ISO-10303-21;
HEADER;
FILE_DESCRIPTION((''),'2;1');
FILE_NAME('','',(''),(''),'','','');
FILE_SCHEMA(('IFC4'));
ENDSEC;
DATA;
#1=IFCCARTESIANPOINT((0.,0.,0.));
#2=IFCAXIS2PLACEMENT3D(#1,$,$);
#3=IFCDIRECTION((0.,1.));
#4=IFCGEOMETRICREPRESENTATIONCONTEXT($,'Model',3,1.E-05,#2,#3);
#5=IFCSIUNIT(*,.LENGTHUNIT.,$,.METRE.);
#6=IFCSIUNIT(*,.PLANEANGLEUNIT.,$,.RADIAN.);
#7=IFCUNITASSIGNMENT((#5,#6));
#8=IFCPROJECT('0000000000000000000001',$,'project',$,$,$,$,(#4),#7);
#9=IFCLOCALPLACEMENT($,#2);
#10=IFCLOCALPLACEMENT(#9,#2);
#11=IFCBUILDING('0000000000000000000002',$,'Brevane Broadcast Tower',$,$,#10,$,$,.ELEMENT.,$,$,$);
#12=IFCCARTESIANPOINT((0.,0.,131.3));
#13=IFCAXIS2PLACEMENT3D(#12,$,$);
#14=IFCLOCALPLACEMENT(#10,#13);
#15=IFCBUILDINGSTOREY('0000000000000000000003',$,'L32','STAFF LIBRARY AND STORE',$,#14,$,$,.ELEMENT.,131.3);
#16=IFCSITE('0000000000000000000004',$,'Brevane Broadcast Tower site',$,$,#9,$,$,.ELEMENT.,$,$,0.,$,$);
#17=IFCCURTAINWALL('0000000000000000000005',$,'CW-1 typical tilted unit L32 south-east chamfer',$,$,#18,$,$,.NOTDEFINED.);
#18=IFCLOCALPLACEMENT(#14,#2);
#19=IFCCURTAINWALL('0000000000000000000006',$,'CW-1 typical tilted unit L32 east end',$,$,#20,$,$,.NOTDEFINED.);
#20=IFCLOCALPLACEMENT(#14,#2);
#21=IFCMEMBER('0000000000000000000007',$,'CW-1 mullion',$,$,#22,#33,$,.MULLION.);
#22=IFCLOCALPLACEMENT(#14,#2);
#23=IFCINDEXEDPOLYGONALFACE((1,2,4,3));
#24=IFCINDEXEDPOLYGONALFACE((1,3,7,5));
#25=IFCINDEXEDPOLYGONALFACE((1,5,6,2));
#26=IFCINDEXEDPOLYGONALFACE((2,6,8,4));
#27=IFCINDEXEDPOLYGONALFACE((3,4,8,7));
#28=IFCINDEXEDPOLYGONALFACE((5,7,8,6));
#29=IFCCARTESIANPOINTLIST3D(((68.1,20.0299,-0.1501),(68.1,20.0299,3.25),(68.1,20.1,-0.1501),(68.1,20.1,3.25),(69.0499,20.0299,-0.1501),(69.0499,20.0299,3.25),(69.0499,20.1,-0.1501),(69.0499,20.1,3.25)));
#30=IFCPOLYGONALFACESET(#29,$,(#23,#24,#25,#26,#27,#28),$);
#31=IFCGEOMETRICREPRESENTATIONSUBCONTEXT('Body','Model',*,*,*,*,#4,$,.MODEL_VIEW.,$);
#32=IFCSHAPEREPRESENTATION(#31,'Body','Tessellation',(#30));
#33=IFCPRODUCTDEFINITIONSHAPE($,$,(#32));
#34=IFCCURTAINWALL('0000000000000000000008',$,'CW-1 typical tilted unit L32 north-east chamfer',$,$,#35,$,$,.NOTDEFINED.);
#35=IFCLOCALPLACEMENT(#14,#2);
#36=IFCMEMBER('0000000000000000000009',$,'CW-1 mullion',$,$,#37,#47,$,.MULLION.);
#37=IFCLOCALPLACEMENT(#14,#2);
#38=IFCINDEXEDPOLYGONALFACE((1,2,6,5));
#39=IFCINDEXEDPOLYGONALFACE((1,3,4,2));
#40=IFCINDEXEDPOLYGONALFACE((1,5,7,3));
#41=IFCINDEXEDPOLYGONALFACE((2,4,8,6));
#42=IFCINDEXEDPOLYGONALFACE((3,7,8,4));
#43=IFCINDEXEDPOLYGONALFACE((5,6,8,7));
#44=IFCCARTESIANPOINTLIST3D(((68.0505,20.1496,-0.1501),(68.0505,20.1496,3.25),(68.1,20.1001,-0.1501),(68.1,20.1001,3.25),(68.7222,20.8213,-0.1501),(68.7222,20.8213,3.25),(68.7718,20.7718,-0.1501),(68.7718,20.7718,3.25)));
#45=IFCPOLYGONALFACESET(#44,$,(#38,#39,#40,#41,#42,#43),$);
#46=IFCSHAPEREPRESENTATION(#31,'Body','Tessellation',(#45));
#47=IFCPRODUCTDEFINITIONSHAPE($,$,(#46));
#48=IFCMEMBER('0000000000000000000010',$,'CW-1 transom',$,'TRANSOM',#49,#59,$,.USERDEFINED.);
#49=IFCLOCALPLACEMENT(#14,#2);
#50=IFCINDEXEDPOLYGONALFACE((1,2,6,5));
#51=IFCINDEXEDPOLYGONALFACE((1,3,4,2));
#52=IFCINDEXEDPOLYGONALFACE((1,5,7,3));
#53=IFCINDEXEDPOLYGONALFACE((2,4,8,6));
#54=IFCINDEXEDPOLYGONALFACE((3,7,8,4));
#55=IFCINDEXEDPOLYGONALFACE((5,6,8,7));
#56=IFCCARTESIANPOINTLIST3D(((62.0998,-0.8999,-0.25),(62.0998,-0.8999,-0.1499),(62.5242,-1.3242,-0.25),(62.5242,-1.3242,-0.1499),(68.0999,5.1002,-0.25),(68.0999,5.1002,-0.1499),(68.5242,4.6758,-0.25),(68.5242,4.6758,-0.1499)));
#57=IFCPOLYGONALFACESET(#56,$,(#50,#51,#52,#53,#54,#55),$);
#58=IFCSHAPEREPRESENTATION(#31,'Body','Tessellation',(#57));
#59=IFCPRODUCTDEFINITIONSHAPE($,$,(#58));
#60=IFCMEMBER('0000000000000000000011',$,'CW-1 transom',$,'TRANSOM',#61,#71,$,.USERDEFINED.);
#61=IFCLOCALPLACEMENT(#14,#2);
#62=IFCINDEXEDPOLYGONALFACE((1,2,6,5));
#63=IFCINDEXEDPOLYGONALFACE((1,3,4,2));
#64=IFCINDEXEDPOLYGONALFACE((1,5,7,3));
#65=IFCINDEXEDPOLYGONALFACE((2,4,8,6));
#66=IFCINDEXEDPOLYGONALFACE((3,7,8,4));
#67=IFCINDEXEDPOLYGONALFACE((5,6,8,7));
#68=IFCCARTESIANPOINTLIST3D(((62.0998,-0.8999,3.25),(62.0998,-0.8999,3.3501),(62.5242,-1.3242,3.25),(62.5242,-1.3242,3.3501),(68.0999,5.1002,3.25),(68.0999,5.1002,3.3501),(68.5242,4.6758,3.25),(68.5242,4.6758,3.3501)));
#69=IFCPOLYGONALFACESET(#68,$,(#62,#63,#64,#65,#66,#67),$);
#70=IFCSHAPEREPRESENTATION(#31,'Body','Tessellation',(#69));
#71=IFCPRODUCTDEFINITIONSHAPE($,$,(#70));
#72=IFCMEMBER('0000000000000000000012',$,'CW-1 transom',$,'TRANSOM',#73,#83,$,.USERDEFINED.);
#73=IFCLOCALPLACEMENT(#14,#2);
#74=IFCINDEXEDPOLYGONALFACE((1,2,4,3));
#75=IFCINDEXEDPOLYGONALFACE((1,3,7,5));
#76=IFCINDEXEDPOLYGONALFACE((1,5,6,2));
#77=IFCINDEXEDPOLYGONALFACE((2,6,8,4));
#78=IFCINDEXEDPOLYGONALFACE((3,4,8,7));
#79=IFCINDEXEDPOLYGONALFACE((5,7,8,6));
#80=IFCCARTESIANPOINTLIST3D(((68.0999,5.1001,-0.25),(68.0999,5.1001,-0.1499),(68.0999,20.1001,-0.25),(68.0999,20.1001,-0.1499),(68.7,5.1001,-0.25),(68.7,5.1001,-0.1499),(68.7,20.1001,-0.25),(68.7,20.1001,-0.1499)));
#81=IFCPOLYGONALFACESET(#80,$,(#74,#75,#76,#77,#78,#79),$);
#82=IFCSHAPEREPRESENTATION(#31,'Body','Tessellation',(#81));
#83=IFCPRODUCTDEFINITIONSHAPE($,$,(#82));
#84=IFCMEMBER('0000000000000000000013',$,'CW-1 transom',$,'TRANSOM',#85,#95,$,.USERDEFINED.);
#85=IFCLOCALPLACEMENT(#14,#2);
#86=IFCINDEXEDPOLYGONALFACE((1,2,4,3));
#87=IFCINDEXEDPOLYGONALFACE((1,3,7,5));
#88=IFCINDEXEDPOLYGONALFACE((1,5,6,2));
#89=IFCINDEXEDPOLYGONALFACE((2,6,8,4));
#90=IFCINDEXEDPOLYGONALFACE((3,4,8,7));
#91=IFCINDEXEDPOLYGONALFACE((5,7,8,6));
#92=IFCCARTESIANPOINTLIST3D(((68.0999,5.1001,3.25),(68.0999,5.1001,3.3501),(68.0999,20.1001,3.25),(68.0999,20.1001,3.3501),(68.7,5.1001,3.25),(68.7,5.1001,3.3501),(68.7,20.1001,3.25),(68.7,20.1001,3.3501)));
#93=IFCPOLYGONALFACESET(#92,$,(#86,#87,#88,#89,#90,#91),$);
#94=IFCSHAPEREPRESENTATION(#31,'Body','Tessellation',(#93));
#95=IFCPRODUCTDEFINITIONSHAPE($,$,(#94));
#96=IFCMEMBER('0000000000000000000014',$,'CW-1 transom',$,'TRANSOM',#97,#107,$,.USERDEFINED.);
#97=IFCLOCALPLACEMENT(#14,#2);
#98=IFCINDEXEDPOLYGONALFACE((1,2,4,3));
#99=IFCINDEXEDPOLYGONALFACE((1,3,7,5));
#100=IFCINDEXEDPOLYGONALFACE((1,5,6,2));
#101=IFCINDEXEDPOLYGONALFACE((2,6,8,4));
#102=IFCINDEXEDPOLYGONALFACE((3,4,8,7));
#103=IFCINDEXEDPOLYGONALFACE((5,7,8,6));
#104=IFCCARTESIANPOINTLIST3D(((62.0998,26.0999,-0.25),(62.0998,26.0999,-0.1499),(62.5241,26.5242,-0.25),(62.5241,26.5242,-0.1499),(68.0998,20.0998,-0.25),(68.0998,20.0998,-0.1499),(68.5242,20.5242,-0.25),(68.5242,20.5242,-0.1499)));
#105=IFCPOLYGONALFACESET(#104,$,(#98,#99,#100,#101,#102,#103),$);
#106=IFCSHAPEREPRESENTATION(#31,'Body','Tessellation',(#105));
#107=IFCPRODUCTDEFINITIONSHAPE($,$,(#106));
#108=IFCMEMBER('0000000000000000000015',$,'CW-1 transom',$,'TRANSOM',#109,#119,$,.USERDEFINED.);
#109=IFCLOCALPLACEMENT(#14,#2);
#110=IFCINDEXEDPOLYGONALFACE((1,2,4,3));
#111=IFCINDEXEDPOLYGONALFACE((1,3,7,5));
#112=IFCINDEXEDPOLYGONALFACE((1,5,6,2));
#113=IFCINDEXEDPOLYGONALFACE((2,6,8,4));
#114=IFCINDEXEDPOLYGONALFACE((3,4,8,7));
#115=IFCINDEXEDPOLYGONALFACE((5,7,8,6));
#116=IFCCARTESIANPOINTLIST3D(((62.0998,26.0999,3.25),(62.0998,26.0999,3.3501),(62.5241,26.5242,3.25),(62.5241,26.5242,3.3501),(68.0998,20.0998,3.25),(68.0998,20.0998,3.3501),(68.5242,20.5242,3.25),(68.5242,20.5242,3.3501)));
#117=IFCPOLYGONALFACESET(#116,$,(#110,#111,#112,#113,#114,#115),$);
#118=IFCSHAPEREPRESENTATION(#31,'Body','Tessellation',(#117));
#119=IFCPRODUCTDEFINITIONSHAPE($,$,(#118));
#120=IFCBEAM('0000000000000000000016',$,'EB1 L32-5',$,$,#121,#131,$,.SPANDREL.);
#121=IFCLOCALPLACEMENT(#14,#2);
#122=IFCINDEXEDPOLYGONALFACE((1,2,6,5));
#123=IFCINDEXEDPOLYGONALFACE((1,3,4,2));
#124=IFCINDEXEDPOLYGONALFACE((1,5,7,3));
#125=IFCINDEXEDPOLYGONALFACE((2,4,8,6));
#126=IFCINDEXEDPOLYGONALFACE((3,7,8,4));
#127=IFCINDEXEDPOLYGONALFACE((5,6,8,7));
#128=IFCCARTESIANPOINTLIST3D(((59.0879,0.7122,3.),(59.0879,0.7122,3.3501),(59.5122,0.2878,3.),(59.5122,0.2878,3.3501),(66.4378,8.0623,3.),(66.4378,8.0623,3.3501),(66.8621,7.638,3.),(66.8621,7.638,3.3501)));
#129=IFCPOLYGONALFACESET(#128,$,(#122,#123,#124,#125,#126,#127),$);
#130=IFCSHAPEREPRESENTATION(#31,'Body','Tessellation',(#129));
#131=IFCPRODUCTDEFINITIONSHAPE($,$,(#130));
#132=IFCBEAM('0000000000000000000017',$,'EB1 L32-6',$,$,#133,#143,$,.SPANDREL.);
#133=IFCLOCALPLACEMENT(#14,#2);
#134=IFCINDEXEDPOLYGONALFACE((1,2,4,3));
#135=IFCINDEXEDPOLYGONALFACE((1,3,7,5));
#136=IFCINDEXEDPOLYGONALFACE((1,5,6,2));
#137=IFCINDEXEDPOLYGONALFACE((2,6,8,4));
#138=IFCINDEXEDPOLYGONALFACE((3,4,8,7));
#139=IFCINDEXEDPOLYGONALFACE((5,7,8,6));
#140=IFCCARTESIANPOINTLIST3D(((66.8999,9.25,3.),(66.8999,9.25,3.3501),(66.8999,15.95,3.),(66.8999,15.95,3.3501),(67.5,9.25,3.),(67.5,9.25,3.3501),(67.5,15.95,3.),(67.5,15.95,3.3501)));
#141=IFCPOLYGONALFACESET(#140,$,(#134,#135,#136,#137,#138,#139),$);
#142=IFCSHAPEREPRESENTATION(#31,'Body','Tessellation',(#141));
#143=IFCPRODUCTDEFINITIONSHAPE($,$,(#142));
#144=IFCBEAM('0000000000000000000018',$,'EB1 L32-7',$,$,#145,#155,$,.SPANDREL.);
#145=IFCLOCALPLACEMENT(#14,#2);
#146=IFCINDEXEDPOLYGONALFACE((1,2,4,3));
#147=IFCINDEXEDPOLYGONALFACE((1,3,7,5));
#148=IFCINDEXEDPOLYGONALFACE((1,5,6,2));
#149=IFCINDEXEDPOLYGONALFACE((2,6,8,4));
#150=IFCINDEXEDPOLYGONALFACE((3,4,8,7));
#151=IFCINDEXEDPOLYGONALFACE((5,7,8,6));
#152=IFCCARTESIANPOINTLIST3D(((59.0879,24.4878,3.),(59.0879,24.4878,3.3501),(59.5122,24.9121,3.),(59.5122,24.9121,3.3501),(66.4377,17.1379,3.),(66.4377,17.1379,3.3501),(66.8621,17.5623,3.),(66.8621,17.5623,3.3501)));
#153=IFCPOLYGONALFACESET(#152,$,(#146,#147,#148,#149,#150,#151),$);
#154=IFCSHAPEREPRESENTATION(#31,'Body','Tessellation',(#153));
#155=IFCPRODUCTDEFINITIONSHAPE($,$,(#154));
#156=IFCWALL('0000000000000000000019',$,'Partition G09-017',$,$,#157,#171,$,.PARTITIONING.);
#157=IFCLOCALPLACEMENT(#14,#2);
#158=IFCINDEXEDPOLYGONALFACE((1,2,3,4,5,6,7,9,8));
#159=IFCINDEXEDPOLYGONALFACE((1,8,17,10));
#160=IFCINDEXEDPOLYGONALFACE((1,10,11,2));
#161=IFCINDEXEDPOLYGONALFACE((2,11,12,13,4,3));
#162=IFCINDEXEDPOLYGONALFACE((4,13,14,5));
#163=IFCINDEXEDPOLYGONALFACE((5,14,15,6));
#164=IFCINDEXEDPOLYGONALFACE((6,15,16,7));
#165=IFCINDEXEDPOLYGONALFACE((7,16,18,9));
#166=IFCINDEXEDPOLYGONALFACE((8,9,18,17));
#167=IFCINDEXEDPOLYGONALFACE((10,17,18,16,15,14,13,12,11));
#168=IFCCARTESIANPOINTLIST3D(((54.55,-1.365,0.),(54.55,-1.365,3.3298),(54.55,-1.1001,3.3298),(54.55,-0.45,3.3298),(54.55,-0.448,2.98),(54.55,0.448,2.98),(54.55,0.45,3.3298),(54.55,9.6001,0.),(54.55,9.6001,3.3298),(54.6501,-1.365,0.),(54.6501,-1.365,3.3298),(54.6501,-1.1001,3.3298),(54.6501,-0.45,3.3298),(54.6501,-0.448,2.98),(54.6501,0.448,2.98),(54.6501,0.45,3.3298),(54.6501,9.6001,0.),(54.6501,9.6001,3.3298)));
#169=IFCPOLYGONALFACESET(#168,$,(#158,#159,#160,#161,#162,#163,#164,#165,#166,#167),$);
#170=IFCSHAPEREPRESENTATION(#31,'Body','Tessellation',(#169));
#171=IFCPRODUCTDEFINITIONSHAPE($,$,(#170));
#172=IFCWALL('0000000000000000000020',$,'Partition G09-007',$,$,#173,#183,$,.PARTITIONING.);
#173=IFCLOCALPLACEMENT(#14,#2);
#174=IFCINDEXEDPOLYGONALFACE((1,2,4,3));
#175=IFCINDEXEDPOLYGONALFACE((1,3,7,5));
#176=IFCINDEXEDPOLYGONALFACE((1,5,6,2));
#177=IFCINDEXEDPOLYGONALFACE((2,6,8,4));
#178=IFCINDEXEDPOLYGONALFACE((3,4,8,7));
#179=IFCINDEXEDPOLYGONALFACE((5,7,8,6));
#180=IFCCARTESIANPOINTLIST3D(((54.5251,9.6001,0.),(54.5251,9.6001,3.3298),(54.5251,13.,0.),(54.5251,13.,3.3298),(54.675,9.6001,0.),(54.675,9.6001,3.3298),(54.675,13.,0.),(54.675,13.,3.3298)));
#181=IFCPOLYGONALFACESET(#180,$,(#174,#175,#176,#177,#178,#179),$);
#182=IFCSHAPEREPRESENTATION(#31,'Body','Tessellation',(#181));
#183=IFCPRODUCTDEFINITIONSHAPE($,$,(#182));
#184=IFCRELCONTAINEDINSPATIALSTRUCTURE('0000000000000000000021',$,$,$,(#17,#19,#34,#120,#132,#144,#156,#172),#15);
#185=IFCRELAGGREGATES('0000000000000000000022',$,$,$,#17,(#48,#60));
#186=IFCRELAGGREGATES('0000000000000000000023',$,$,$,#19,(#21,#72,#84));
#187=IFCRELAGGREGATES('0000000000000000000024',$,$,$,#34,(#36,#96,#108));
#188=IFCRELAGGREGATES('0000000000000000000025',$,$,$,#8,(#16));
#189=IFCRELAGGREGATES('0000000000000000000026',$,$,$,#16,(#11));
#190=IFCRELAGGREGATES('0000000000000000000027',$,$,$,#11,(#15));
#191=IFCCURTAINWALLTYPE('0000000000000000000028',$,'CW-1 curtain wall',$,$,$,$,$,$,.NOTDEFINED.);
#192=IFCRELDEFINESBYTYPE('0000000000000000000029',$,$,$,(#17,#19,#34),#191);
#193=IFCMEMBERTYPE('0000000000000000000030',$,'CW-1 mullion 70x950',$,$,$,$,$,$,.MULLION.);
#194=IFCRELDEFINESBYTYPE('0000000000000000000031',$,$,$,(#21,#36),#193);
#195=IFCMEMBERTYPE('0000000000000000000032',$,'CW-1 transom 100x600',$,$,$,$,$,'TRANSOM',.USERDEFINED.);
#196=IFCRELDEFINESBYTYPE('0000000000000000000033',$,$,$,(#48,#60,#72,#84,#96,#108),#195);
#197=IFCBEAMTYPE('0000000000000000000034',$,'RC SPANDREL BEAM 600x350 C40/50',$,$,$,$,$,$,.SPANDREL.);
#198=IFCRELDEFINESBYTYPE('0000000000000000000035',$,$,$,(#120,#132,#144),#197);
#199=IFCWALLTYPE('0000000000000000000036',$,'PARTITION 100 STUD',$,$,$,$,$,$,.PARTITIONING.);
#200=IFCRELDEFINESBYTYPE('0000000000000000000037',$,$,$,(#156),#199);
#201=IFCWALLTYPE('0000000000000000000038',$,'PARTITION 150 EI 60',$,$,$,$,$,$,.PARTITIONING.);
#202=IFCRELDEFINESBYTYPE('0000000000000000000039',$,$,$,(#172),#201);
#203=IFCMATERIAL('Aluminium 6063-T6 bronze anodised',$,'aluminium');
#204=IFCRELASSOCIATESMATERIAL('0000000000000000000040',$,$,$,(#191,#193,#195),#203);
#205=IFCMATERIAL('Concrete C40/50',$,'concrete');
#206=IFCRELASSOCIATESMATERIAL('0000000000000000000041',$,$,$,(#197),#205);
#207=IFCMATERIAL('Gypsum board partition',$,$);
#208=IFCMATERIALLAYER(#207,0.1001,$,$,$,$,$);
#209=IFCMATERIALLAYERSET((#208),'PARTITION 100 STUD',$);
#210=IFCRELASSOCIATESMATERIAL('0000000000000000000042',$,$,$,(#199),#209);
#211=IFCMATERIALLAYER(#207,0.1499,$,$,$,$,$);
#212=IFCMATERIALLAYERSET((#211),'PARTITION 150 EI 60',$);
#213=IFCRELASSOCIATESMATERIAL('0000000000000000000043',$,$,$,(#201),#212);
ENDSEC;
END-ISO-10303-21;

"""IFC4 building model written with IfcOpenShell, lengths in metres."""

from ifc_helpers import new_model, si_unit, direction, frame, frame_2d, origin, origin_2d, place, context, subcontext, project, spatial, polyline, rectangle, outline, extrude, material, layer, layer_set, material_profile, profile_set, type_object, element, aggregate, save


model = new_model("IFC4")

# Units and contexts
model_context = context("Model", 3, precision=1e-05, world=origin(), true_north=direction((0.0, 1.0)))
body_context = subcontext(model_context, "Body", "Model", "MODEL_VIEW")
ifc_project = project(units=[si_unit("LENGTHUNIT", "METRE"), si_unit("PLANEANGLEUNIT", "RADIAN")], contexts=[model_context])

# Site, building, storey
site_placement = place(None, origin())
site = spatial("IfcSite", under=ifc_project, at=site_placement, Name="Brevane Broadcast Tower site", CompositionType="ELEMENT", RefElevation=0.0)
building_placement = place(site_placement, origin())
building = spatial("IfcBuilding", under=site, at=building_placement, Name="Brevane Broadcast Tower", CompositionType="ELEMENT")
storey_placement = place(building_placement, frame((0.0, 0.0, 131.3)))
storey = spatial("IfcBuildingStorey", under=building, at=storey_placement, Name="L32", Description="STAFF LIBRARY AND STORE", CompositionType="ELEMENT", Elevation=131.3)

# Curtain walls, member
ifc_material_1 = material(Name="Aluminium 6063-T6 bronze anodised", Category="aluminium")
curtain_wall_type = type_object("IfcCurtainWallType", Name="CW-1 curtain wall", PredefinedType="NOTDEFINED", material=ifc_material_1)
ifc_material_profile_1 = material_profile(ifc_material_1, rectangle(XDim=0.95, YDim=0.0701, at=origin_2d()), Name="RECT 70x950")
ifc_profile_set_1 = profile_set([ifc_material_profile_1], Name="Aluminium 6063-T6 bronze anodised")
member_type_1 = type_object("IfcMemberType", Name="CW-1 mullion 70x950", PredefinedType="MULLION", material=ifc_profile_set_1)
curtain_wall_1_placement = place(storey_placement, origin())
curtain_wall_1 = element("IfcCurtainWall", 1, at=curtain_wall_1_placement, inside=storey, type_object=curtain_wall_type, Name="CW-1 typical tilted unit L32 south-east chamfer", PredefinedType="NOTDEFINED")
curtain_wall_2_placement = place(storey_placement, origin())
curtain_wall_2 = element("IfcCurtainWall", 2, at=curtain_wall_2_placement, inside=storey, type_object=curtain_wall_type, Name="CW-1 typical tilted unit L32 east end", PredefinedType="NOTDEFINED")
member_1_placement = place(storey_placement, frame((68.575, 20.0649, -0.1501), z_axis=(0.0, 0.0, 1.0), x_axis=(-1.0, 0.0, 0.0)))
member_1 = element("IfcMember", 3, at=member_1_placement, type_object=member_type_1, Name="CW-1 mullion", PredefinedType="MULLION", context=body_context, shape_type="SweptSolid", body=[
    extrude(rectangle(XDim=0.95, YDim=0.0701, at=origin_2d()), origin(), (0.0, 0.0, 1.0), 3.4001),
])

# Curtain wall, member
curtain_wall_3_placement = place(storey_placement, origin())
curtain_wall_3 = element("IfcCurtainWall", 4, at=curtain_wall_3_placement, inside=storey, type_object=curtain_wall_type, Name="CW-1 typical tilted unit L32 north-east chamfer", PredefinedType="NOTDEFINED")
member_2_placement = place(storey_placement, frame((68.4111, 20.4607, -0.1501), z_axis=(0.0, 0.0, 1.0), x_axis=(-0.707107, -0.707107, 0.0)))
member_2 = element("IfcMember", 5, at=member_2_placement, type_object=member_type_1, Name="CW-1 mullion", PredefinedType="MULLION", context=body_context, shape_type="SweptSolid", body=[
    extrude(rectangle(XDim=0.95, YDim=0.0701, at=origin_2d()), origin(), (0.0, 0.0, 1.0), 3.4001),
])

# Members
ifc_material_profile_2 = material_profile(ifc_material_1, rectangle(XDim=0.6001, YDim=0.1001, at=origin_2d()), Name="RECT 100x600")
ifc_profile_set_2 = profile_set([ifc_material_profile_2], Name="Aluminium 6063-T6 bronze anodised")
member_type_2 = type_object("IfcMemberType", Name="CW-1 transom 100x600", ElementType="TRANSOM", PredefinedType="USERDEFINED", material=ifc_profile_set_2)
member_3_placement = place(storey_placement, frame((62.312, -1.1121, -0.2), z_axis=(0.707107, 0.707107, 0.0), x_axis=(-0.707107, 0.707107, 0.0)))
member_3 = element("IfcMember", 6, at=member_3_placement, type_object=member_type_2, Name="CW-1 transom", ObjectType="TRANSOM", PredefinedType="USERDEFINED", context=body_context, shape_type="SweptSolid", body=[
    extrude(rectangle(XDim=0.6001, YDim=0.1001, at=origin_2d()), origin(), (0.0, 0.0, 1.0), 8.4854),
])
member_4_placement = place(storey_placement, frame((62.312, -1.1121, 3.3), z_axis=(0.707107, 0.707107, 0.0), x_axis=(-0.707107, 0.707107, 0.0)))
member_4 = element("IfcMember", 7, at=member_4_placement, type_object=member_type_2, Name="CW-1 transom", ObjectType="TRANSOM", PredefinedType="USERDEFINED", context=body_context, shape_type="SweptSolid", body=[
    extrude(rectangle(XDim=0.6001, YDim=0.1001, at=origin_2d()), origin(), (0.0, 0.0, 1.0), 8.4854),
])
aggregate(curtain_wall_1, [member_3, member_4])
member_5_placement = place(storey_placement, frame((68.3999, 5.1001, -0.2), z_axis=(0.0, 1.0, 0.0), x_axis=(-1.0, 0.0, 0.0)))
member_5 = element("IfcMember", 8, at=member_5_placement, type_object=member_type_2, Name="CW-1 transom", ObjectType="TRANSOM", PredefinedType="USERDEFINED", context=body_context, shape_type="SweptSolid", body=[
    extrude(rectangle(XDim=0.6001, YDim=0.1001, at=origin_2d()), origin(), (0.0, 0.0, 1.0), 15.0),
])
member_6_placement = place(storey_placement, frame((68.3999, 5.1001, 3.3), z_axis=(0.0, 1.0, 0.0), x_axis=(-1.0, 0.0, 0.0)))
member_6 = element("IfcMember", 9, at=member_6_placement, type_object=member_type_2, Name="CW-1 transom", ObjectType="TRANSOM", PredefinedType="USERDEFINED", context=body_context, shape_type="SweptSolid", body=[
    extrude(rectangle(XDim=0.6001, YDim=0.1001, at=origin_2d()), origin(), (0.0, 0.0, 1.0), 15.0),
])
aggregate(curtain_wall_2, [member_1, member_5, member_6])
member_7_placement = place(storey_placement, frame((68.312, 20.312, -0.2), z_axis=(-0.707107, 0.707107, 0.0), x_axis=(-0.707107, -0.707107, 0.0)))
member_7 = element("IfcMember", 10, at=member_7_placement, type_object=member_type_2, Name="CW-1 transom", ObjectType="TRANSOM", PredefinedType="USERDEFINED", context=body_context, shape_type="SweptSolid", body=[
    extrude(rectangle(XDim=0.6001, YDim=0.1001, at=origin_2d()), origin(), (0.0, 0.0, 1.0), 8.4854),
])
member_8_placement = place(storey_placement, frame((68.312, 20.312, 3.3), z_axis=(-0.707107, 0.707107, 0.0), x_axis=(-0.707107, -0.707107, 0.0)))
member_8 = element("IfcMember", 11, at=member_8_placement, type_object=member_type_2, Name="CW-1 transom", ObjectType="TRANSOM", PredefinedType="USERDEFINED", context=body_context, shape_type="SweptSolid", body=[
    extrude(rectangle(XDim=0.6001, YDim=0.1001, at=origin_2d()), origin(), (0.0, 0.0, 1.0), 8.4854),
])
aggregate(curtain_wall_3, [member_2, member_7, member_8])

# Beams
ifc_material_2 = material(Name="Concrete C40/50", Category="concrete")
ifc_material_profile_3 = material_profile(ifc_material_2, rectangle(XDim=0.6001, YDim=0.3501, at=origin_2d()), Name="RC 600x350")
ifc_profile_set_3 = profile_set([ifc_material_profile_3], Name="Concrete C40/50")
beam_type = type_object("IfcBeamType", Name="RC SPANDREL BEAM 600x350 C40/50", PredefinedType="SPANDREL", material=ifc_profile_set_3)
beam_1_placement = place(storey_placement, frame((59.3, 0.5, 3.175), z_axis=(0.707095, 0.707119, 0.0), x_axis=(-0.707119, 0.707095, 0.0)))
element("IfcBeam", 12, at=beam_1_placement, inside=storey, type_object=beam_type, Name="EB1 L32-5", PredefinedType="SPANDREL", context=body_context, shape_type="SweptSolid", body=[
    extrude(rectangle(XDim=0.6001, YDim=0.3501, at=origin_2d()), origin(), (0.0, 0.0, 1.0), 10.3945),
])
beam_2_placement = place(storey_placement, frame((67.2, 9.25, 3.175), z_axis=(0.0, 1.0, 0.0), x_axis=(-1.0, 0.0, 0.0)))
element("IfcBeam", 13, at=beam_2_placement, inside=storey, type_object=beam_type, Name="EB1 L32-6", PredefinedType="SPANDREL", context=body_context, shape_type="SweptSolid", body=[
    extrude(rectangle(XDim=0.6001, YDim=0.3501, at=origin_2d()), origin(), (0.0, 0.0, 1.0), 6.7),
])
beam_3_placement = place(storey_placement, frame((66.6499, 17.3501, 3.175), z_axis=(-0.707107, 0.707107, 0.0), x_axis=(-0.707107, -0.707107, 0.0)))
element("IfcBeam", 14, at=beam_3_placement, inside=storey, type_object=beam_type, Name="EB1 L32-7", PredefinedType="SPANDREL", context=body_context, shape_type="SweptSolid", body=[
    extrude(rectangle(XDim=0.6001, YDim=0.3501, at=origin_2d()), origin(), (0.0, 0.0, 1.0), 10.3943),
])

# Walls
ifc_material_3 = material(Name="Gypsum board partition")
ifc_layer_1 = layer(ifc_material_3, 0.1001)
ifc_layer_set_1 = layer_set([ifc_layer_1], Name="PARTITION 100 STUD")
wall_type_1 = type_object("IfcWallType", Name="PARTITION 100 STUD", PredefinedType="PARTITIONING", material=ifc_layer_set_1)
wall_1_placement = place(storey_placement, frame((54.6001, -1.365, 0.0), z_axis=(0.0, 0.0, 1.0), x_axis=(0.0, 1.0, 0.0)))
element("IfcWall", 15, at=wall_1_placement, inside=storey, type_object=wall_type_1, Name="Partition G09-017", PredefinedType="PARTITIONING", context=body_context, shape_type="SweptSolid", body=[
    extrude(outline(polyline([(0.0, 0.0), (10.9651, 0.0), (10.9651, 3.3298), (1.8149, 3.3298), (1.813, 2.98), (0.917, 2.98), (0.915, 3.3298), (0.2649, 3.3298), (0.0, 3.3298), (0.0, 0.0)])), frame((0.0, 0.05, 0.0), z_axis=(0.0, -1.0, 0.0), x_axis=(1.0, 0.0, 0.0)), (0.0, 0.0, 1.0), 0.1001),
])
ifc_layer_2 = layer(ifc_material_3, 0.1499)
ifc_layer_set_2 = layer_set([ifc_layer_2], Name="PARTITION 150 EI 60")
wall_type_2 = type_object("IfcWallType", Name="PARTITION 150 EI 60", PredefinedType="PARTITIONING", material=ifc_layer_set_2)
wall_2_placement = place(storey_placement, frame((54.6001, 13.0, 0.0), z_axis=(0.0, 0.0, 1.0), x_axis=(0.0, -1.0, 0.0)))
element("IfcWall", 16, at=wall_2_placement, inside=storey, type_object=wall_type_2, Name="Partition G09-007", PredefinedType="PARTITIONING", context=body_context, shape_type="SweptSolid", body=[
    extrude(rectangle(XDim=3.3999, YDim=0.1499, at=frame_2d((1.7, 0.0))), origin(), (0.0, 0.0, 1.0), 3.3298),
])

save(model, "model.ifc")
